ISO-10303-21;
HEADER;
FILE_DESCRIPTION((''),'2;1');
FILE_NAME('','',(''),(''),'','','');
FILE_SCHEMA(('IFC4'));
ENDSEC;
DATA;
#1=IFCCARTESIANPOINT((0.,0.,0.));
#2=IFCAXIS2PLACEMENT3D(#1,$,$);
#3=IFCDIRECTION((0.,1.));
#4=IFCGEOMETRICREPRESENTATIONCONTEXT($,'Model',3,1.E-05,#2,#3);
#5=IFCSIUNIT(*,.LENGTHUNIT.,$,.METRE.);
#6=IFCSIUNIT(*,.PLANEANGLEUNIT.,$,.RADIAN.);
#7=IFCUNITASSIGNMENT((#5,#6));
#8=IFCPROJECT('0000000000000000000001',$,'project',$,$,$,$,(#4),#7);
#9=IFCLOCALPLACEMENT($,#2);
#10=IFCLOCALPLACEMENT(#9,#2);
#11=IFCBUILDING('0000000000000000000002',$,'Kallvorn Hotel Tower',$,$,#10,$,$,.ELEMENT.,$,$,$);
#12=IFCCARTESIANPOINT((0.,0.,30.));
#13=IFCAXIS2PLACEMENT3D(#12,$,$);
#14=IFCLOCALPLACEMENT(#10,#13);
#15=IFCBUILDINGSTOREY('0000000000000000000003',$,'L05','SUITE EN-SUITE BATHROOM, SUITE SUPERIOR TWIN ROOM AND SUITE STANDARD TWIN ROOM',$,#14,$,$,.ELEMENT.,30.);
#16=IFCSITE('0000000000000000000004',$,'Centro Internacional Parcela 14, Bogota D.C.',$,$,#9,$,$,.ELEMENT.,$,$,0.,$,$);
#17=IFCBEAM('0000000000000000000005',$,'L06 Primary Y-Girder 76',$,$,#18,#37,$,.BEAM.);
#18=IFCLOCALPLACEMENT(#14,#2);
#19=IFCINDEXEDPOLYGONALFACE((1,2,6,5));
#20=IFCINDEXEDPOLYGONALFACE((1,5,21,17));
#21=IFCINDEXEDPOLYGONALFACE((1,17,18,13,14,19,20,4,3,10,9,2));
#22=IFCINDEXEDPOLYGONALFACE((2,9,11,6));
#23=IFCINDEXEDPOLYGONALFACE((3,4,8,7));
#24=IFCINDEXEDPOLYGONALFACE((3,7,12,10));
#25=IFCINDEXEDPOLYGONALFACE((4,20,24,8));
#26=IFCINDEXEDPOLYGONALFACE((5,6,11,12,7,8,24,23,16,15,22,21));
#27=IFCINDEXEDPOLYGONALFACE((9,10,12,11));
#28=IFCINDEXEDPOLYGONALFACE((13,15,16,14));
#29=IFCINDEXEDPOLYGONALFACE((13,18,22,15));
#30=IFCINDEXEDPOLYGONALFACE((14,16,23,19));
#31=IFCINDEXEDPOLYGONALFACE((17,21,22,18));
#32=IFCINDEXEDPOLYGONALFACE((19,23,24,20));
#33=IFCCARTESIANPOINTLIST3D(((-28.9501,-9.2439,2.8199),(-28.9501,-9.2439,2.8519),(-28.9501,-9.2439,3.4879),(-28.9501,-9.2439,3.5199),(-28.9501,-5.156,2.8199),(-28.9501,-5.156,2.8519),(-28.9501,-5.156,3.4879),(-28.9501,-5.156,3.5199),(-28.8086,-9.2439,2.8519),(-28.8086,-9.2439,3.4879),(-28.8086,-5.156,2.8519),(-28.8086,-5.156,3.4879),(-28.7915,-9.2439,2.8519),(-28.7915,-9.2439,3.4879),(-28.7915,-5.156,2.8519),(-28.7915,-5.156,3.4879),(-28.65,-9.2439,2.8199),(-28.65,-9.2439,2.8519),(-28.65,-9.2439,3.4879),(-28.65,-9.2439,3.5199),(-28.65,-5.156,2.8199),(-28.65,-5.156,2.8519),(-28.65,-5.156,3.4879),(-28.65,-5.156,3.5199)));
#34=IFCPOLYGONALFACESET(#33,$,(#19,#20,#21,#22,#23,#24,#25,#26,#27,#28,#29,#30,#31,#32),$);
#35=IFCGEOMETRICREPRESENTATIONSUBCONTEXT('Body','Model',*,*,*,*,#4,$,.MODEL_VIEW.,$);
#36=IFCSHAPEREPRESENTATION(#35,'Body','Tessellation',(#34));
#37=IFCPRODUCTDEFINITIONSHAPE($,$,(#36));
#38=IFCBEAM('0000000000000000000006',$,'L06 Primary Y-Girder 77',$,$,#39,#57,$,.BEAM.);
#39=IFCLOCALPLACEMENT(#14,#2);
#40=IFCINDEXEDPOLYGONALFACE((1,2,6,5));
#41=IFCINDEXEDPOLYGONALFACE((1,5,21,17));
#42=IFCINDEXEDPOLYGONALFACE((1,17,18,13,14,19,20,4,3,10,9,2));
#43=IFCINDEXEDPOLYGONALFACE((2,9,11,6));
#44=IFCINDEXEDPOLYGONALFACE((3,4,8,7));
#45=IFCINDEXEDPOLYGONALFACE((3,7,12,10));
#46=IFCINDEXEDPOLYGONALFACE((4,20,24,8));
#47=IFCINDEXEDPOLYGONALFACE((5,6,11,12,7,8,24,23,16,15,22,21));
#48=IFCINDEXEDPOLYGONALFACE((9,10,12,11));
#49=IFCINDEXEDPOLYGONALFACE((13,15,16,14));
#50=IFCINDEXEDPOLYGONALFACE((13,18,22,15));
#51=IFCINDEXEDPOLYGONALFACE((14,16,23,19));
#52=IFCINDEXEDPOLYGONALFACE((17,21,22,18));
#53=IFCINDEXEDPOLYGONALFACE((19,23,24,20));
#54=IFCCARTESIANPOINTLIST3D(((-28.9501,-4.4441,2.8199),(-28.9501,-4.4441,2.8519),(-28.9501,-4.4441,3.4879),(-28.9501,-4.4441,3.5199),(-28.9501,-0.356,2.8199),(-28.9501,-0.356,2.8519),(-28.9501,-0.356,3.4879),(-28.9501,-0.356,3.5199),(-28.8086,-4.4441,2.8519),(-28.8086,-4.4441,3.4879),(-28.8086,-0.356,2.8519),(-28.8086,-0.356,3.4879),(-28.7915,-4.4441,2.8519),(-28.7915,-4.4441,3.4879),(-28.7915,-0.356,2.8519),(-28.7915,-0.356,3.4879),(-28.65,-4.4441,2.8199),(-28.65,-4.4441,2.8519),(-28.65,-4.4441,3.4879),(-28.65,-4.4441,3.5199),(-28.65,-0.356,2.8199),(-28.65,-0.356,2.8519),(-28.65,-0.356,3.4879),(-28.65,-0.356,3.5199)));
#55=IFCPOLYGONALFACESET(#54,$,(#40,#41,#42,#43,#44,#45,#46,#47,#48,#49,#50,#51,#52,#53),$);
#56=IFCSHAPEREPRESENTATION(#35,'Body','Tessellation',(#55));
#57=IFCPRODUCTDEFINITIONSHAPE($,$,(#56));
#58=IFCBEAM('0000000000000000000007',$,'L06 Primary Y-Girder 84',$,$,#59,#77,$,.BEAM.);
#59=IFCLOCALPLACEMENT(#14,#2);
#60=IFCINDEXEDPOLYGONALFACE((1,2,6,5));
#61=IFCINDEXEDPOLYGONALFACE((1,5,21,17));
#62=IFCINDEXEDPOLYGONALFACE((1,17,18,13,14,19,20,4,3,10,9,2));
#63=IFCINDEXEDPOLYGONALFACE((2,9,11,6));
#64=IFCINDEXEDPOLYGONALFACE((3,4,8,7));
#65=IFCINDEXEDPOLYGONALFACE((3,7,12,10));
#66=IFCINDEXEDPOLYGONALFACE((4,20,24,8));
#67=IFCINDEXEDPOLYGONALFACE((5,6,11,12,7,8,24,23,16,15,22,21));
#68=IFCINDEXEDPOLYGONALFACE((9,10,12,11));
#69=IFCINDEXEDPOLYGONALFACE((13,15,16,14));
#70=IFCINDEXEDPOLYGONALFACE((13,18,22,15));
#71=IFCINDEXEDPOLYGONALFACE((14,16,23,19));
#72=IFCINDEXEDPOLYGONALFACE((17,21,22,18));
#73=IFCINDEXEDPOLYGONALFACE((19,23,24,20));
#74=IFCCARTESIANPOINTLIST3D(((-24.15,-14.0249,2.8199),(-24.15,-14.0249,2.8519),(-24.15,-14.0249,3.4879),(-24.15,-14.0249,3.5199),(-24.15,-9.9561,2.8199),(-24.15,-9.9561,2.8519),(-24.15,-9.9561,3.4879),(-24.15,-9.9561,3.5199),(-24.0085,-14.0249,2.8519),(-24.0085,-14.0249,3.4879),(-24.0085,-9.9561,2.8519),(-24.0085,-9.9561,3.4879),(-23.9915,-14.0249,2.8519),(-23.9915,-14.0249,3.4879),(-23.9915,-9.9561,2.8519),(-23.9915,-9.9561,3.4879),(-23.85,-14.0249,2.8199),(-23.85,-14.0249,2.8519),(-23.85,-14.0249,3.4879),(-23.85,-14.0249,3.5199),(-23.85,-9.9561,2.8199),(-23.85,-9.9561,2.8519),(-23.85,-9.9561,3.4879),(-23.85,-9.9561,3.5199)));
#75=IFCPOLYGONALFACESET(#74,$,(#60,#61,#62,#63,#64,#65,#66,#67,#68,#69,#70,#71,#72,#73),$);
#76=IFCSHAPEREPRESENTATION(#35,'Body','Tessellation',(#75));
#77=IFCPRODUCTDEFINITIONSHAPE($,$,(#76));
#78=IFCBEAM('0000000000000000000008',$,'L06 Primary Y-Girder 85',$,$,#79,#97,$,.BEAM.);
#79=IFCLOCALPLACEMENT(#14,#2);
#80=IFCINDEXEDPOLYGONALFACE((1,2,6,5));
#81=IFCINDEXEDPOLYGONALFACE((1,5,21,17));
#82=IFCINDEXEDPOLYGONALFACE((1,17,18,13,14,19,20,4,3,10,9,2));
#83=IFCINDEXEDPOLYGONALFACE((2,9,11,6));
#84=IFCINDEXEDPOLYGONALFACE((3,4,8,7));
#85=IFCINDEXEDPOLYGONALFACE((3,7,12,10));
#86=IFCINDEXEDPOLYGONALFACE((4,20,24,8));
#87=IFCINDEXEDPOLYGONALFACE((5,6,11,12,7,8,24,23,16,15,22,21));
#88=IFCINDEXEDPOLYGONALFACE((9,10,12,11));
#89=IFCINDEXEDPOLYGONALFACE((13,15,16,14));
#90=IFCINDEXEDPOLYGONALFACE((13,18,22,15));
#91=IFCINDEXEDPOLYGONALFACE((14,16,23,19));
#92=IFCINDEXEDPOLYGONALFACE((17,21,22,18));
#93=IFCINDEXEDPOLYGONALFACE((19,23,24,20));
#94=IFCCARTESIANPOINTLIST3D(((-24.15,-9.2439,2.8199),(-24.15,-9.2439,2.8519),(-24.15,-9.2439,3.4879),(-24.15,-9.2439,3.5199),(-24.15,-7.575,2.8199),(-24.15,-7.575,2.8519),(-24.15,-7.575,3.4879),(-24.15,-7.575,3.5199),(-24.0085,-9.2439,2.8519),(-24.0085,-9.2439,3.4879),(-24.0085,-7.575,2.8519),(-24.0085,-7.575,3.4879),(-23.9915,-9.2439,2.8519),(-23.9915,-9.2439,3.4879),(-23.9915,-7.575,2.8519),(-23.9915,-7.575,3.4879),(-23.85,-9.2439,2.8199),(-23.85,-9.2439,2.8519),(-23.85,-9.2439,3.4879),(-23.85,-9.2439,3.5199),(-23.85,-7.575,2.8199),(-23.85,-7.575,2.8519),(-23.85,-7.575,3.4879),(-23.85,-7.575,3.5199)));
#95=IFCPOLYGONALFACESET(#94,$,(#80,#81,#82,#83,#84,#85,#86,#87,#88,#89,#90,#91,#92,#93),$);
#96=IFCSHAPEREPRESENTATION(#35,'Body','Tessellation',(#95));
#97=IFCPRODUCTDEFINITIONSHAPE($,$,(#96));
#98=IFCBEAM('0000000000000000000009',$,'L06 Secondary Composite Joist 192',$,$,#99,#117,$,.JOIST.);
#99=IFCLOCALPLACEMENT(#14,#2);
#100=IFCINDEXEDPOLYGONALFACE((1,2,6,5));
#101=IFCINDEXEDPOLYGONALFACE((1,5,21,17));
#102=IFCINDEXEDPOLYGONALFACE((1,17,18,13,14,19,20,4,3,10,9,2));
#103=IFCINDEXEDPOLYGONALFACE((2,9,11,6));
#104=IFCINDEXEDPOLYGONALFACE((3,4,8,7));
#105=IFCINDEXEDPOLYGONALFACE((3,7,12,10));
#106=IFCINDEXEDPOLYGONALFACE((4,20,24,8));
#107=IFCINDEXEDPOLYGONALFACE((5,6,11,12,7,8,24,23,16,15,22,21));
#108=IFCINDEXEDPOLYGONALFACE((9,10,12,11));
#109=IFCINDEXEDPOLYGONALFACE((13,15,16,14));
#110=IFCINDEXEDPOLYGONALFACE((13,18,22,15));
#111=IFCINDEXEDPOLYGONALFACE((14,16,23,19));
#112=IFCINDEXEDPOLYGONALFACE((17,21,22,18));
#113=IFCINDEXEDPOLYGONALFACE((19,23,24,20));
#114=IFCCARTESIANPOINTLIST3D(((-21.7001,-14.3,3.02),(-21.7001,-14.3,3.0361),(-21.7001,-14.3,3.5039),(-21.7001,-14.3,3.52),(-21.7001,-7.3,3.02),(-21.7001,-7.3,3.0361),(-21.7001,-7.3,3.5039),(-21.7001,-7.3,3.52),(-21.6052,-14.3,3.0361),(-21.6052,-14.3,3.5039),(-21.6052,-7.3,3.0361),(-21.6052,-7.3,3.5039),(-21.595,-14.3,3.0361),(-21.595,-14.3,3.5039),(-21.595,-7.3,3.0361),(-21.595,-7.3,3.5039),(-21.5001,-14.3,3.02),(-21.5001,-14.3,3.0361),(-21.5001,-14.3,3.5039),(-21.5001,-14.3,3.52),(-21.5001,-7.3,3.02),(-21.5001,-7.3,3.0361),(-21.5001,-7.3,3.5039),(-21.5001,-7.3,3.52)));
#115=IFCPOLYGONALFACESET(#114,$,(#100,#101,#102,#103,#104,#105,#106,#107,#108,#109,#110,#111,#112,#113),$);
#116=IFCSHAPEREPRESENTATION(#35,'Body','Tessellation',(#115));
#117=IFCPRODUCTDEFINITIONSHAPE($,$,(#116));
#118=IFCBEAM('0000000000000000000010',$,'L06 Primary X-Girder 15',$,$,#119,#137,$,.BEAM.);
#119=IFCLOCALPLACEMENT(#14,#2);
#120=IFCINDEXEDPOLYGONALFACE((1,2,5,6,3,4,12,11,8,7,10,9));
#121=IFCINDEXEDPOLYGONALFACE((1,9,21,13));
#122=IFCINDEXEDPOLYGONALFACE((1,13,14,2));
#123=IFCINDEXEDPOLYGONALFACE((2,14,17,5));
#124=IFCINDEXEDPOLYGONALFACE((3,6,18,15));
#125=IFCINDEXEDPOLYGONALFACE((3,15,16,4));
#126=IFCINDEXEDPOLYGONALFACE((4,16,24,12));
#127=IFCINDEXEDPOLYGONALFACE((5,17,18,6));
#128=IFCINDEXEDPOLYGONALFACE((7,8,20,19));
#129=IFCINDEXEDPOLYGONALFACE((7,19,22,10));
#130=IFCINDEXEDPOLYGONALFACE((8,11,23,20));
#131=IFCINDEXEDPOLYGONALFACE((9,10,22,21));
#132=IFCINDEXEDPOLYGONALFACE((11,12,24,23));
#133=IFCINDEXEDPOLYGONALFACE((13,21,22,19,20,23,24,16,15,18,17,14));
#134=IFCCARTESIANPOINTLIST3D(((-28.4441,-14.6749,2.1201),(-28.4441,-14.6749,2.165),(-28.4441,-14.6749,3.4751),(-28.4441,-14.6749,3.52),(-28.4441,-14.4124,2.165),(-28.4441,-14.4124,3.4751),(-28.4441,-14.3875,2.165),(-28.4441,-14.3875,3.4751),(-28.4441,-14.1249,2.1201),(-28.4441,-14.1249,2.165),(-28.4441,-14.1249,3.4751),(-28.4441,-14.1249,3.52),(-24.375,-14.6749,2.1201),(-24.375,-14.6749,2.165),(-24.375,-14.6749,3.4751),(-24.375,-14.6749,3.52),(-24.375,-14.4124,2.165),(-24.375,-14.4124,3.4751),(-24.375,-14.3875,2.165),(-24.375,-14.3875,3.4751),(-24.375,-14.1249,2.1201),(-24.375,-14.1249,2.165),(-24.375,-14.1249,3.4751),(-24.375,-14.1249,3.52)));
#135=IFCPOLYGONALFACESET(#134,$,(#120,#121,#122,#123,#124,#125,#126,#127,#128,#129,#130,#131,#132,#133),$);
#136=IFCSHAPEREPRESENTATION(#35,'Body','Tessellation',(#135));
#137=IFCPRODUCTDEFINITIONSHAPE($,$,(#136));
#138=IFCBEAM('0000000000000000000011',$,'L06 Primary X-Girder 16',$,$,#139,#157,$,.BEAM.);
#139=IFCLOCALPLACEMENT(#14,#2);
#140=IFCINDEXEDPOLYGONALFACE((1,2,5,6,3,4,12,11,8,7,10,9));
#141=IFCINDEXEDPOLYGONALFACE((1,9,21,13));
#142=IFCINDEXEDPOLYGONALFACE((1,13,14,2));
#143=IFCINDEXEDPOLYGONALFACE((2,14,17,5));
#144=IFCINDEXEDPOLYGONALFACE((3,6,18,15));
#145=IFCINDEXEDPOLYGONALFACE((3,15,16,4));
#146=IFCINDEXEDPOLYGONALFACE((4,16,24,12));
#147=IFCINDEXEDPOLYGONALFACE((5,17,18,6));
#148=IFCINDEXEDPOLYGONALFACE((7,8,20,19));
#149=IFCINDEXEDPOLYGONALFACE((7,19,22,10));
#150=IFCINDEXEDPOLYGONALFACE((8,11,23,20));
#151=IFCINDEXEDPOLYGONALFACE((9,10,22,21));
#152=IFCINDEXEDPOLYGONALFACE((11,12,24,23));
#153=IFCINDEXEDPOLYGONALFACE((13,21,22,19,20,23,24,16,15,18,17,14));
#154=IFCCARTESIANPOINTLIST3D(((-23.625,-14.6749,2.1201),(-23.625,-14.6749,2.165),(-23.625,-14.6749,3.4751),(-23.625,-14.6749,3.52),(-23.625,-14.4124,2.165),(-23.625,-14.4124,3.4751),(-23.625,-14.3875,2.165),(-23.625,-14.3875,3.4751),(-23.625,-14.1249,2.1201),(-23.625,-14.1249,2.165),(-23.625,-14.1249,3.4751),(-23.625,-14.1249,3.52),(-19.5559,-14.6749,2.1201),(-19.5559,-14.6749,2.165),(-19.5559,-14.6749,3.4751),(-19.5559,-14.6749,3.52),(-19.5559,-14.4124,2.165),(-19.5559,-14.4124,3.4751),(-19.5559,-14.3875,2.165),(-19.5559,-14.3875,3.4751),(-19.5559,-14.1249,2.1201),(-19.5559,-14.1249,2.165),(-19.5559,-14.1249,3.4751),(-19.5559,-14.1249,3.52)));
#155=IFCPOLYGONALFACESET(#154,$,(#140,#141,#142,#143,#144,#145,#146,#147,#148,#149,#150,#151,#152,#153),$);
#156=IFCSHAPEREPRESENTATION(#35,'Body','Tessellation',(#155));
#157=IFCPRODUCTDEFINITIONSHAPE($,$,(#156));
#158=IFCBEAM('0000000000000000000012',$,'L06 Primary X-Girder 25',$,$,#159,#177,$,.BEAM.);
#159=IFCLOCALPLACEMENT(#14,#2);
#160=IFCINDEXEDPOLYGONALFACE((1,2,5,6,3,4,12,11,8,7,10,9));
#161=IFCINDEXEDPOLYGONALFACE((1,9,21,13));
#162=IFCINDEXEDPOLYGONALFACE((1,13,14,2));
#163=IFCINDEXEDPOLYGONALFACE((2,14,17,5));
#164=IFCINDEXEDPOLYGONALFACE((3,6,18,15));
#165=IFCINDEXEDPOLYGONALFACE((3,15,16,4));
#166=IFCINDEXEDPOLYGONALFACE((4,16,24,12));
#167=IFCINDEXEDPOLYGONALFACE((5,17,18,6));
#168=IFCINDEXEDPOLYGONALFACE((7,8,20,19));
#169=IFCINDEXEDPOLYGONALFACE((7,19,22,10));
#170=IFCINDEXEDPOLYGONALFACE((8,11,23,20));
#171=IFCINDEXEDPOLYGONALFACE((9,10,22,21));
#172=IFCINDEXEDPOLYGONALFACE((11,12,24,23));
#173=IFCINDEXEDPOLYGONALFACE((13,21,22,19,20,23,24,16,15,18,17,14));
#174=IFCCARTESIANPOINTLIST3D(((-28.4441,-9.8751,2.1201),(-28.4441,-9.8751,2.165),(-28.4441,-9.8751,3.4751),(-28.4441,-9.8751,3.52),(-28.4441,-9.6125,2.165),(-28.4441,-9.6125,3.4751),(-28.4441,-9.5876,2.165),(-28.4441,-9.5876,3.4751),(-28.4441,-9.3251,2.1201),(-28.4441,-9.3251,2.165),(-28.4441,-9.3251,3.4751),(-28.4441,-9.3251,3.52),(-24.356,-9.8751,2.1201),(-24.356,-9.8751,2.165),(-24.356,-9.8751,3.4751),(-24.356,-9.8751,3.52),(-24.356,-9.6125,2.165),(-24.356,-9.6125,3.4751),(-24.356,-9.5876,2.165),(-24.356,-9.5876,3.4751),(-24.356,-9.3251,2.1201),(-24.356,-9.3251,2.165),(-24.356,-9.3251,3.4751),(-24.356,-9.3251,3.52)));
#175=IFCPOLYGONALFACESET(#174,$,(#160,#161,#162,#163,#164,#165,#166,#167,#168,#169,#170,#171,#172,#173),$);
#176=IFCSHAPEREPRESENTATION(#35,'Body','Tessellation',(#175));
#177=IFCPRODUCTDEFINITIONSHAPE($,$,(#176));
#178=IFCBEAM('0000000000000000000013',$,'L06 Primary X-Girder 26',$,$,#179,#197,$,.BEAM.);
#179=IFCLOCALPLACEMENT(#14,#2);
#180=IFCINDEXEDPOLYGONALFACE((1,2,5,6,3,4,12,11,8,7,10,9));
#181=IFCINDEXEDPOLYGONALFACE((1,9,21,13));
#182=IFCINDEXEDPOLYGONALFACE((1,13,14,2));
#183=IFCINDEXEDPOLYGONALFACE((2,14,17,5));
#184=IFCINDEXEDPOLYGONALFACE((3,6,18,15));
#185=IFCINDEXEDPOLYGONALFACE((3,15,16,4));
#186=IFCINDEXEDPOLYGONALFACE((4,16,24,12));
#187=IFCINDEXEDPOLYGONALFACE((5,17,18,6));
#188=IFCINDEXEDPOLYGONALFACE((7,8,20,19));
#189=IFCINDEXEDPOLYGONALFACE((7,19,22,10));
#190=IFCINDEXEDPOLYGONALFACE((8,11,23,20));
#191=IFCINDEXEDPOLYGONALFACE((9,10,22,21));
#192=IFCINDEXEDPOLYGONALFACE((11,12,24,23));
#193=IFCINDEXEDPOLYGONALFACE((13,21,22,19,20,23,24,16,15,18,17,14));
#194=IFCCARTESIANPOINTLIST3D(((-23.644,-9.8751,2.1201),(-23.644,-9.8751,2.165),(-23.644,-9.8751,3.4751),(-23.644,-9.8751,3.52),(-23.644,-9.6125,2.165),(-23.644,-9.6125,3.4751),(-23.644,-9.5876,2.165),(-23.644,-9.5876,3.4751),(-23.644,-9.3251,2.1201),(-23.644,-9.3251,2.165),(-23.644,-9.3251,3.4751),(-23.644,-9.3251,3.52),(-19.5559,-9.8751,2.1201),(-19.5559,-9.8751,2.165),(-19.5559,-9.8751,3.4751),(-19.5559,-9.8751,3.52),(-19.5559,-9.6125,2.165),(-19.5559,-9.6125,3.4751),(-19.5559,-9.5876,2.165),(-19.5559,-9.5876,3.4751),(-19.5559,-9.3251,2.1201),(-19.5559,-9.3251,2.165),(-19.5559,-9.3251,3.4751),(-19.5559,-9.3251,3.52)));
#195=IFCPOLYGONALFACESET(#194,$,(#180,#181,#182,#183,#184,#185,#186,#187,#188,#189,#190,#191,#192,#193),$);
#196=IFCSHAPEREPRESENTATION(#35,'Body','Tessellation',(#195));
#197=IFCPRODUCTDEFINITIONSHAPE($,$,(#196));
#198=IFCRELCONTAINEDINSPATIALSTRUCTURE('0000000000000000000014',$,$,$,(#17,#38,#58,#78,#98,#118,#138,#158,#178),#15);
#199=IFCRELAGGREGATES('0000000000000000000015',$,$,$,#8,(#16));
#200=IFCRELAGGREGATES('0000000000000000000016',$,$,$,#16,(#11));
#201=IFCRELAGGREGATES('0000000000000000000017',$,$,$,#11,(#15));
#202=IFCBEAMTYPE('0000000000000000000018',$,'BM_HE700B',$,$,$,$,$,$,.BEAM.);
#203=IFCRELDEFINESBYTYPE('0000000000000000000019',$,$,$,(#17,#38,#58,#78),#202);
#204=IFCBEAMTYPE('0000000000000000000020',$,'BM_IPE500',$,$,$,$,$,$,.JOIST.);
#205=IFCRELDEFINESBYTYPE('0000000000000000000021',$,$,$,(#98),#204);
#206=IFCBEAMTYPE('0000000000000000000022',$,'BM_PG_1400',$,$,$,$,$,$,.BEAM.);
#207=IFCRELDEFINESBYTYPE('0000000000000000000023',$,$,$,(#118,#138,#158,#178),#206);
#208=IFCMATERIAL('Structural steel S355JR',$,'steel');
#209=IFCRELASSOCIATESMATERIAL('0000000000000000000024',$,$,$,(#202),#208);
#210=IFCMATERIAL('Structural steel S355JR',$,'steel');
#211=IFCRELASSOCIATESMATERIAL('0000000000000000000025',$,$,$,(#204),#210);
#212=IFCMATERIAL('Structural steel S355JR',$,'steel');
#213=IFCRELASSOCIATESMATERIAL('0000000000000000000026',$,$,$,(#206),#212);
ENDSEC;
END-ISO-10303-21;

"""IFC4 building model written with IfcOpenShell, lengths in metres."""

from ifc_helpers import new_model, si_unit, direction, frame, origin, origin_2d, place, context, subcontext, project, spatial, i_section, extrude, material, material_profile, profile_set, type_object, element, save


model = new_model("IFC4")

# Units and contexts
model_context = context("Model", 3, precision=1e-05, world=origin(), true_north=direction((0.0, 1.0)))
body_context = subcontext(model_context, "Body", "Model", "MODEL_VIEW")
ifc_project = project(units=[si_unit("LENGTHUNIT", "METRE"), si_unit("PLANEANGLEUNIT", "RADIAN")], contexts=[model_context])

# Site, building, storey
site_placement = place(None, origin())
site = spatial("IfcSite", under=ifc_project, at=site_placement, Name="Centro Internacional Parcela 14, Bogota D.C.", CompositionType="ELEMENT", RefElevation=0.0)
building_placement = place(site_placement, origin())
building = spatial("IfcBuilding", under=site, at=building_placement, Name="Kallvorn Hotel Tower", CompositionType="ELEMENT")
storey_placement = place(building_placement, frame((0.0, 0.0, 30.0)))
storey = spatial("IfcBuildingStorey", under=building, at=storey_placement, Name="L05", Description="SUITE EN-SUITE BATHROOM, SUITE SUPERIOR TWIN ROOM AND SUITE STANDARD TWIN ROOM", CompositionType="ELEMENT", Elevation=30.0)

# Beams
ifc_material_1 = material(Name="Structural steel S355JR", Category="steel")
ifc_material_profile_1 = material_profile(ifc_material_1, i_section(OverallWidth=0.3, OverallDepth=0.7, WebThickness=0.0171, FlangeThickness=0.032, at=origin_2d()), Name="HE 700 B")
ifc_profile_set_1 = profile_set([ifc_material_profile_1], Name="Structural steel S355JR")
beam_type_1 = type_object("IfcBeamType", Name="BM_HE700B", PredefinedType="BEAM", material=ifc_profile_set_1)
beam_1_placement = place(storey_placement, frame((-28.8, -9.2439, 3.1699), z_axis=(0.0, 1.0, 0.0), x_axis=(-1.0, 0.0, 0.0)))
element("IfcBeam", 1, at=beam_1_placement, inside=storey, type_object=beam_type_1, Name="L06 Primary Y-Girder 76", PredefinedType="BEAM", context=body_context, shape_type="SweptSolid", body=[
    extrude(i_section(OverallWidth=0.3, OverallDepth=0.7, WebThickness=0.0171, FlangeThickness=0.032, at=origin_2d()), origin(), (0.0, 0.0, 1.0), 4.0879),
])
beam_2_placement = place(storey_placement, frame((-28.8, -4.4441, 3.1699), z_axis=(0.0, 1.0, 0.0), x_axis=(-1.0, 0.0, 0.0)))
element("IfcBeam", 2, at=beam_2_placement, inside=storey, type_object=beam_type_1, Name="L06 Primary Y-Girder 77", PredefinedType="BEAM", context=body_context, shape_type="SweptSolid", body=[
    extrude(i_section(OverallWidth=0.3, OverallDepth=0.7, WebThickness=0.0171, FlangeThickness=0.032, at=origin_2d()), origin(), (0.0, 0.0, 1.0), 4.0881),
])
beam_3_placement = place(storey_placement, frame((-24.0, -14.0249, 3.1699), z_axis=(0.0, 1.0, 0.0), x_axis=(-1.0, 0.0, 0.0)))
element("IfcBeam", 3, at=beam_3_placement, inside=storey, type_object=beam_type_1, Name="L06 Primary Y-Girder 84", PredefinedType="BEAM", context=body_context, shape_type="SweptSolid", body=[
    extrude(i_section(OverallWidth=0.3, OverallDepth=0.7, WebThickness=0.0171, FlangeThickness=0.032, at=origin_2d()), origin(), (0.0, 0.0, 1.0), 4.0688),
])
beam_4_placement = place(storey_placement, frame((-24.0, -9.2439, 3.1699), z_axis=(0.0, 1.0, 0.0), x_axis=(-1.0, 0.0, 0.0)))
element("IfcBeam", 4, at=beam_4_placement, inside=storey, type_object=beam_type_1, Name="L06 Primary Y-Girder 85", PredefinedType="BEAM", context=body_context, shape_type="SweptSolid", body=[
    extrude(i_section(OverallWidth=0.3, OverallDepth=0.7, WebThickness=0.0171, FlangeThickness=0.032, at=origin_2d()), origin(), (0.0, 0.0, 1.0), 1.6689),
])
ifc_material_2 = material(Name="Structural steel S355JR", Category="steel")
ifc_material_profile_2 = material_profile(ifc_material_2, i_section(OverallWidth=0.2, OverallDepth=0.5, WebThickness=0.0103, FlangeThickness=0.0161, at=origin_2d()), Name="IPE 500")
ifc_profile_set_2 = profile_set([ifc_material_profile_2], Name="Structural steel S355JR")
beam_type_2 = type_object("IfcBeamType", Name="BM_IPE500", PredefinedType="JOIST", material=ifc_profile_set_2)
beam_5_placement = place(storey_placement, frame((-21.6001, -14.3, 3.27), z_axis=(0.0, 1.0, 0.0), x_axis=(-1.0, 0.0, 0.0)))
element("IfcBeam", 5, at=beam_5_placement, inside=storey, type_object=beam_type_2, Name="L06 Secondary Composite Joist 192", PredefinedType="JOIST", context=body_context, shape_type="SweptSolid", body=[
    extrude(i_section(OverallWidth=0.2, OverallDepth=0.5, WebThickness=0.0103, FlangeThickness=0.0161, at=origin_2d()), origin(), (0.0, 0.0, 1.0), 7.0),
])
ifc_material_3 = material(Name="Structural steel S355JR", Category="steel")
ifc_material_profile_3 = material_profile(ifc_material_3, i_section(OverallWidth=0.55, OverallDepth=1.3999, WebThickness=0.0249, FlangeThickness=0.0449, at=origin_2d()), Name="PG 1400x550x25x45")
ifc_profile_set_3 = profile_set([ifc_material_profile_3], Name="Structural steel S355JR")
beam_type_3 = type_object("IfcBeamType", Name="BM_PG_1400", PredefinedType="BEAM", material=ifc_profile_set_3)
for number, where, z_axis, x_axis, name in (
    (6, (-28.4441, -14.3999, 2.8201), (1.0, 0.0, 0.0), (0.0, 1.0, 0.0), "L06 Primary X-Girder 15"),
    (7, (-23.625, -14.3999, 2.8201), (1.0, 0.0, 0.0), (0.0, 1.0, 0.0), "L06 Primary X-Girder 16"),
):
    element("IfcBeam", number, at=place(storey_placement, frame(where, z_axis=z_axis, x_axis=x_axis)), inside=storey, type_object=beam_type_3, Name=name, PredefinedType="BEAM", context=body_context, shape_type="SweptSolid", body=[
        extrude(i_section(OverallWidth=0.55, OverallDepth=1.3999, WebThickness=0.0249, FlangeThickness=0.0449, at=origin_2d()), origin(), (0.0, 0.0, 1.0), 4.0691),
    ])
for number, where, z_axis, x_axis, name in (
    (8, (-28.4441, -9.6001, 2.8201), (1.0, 0.0, 0.0), (0.0, 1.0, 0.0), "L06 Primary X-Girder 25"),
    (9, (-23.644, -9.6001, 2.8201), (1.0, 0.0, 0.0), (0.0, 1.0, 0.0), "L06 Primary X-Girder 26"),
):
    element("IfcBeam", number, at=place(storey_placement, frame(where, z_axis=z_axis, x_axis=x_axis)), inside=storey, type_object=beam_type_3, Name=name, PredefinedType="BEAM", context=body_context, shape_type="SweptSolid", body=[
        extrude(i_section(OverallWidth=0.55, OverallDepth=1.3999, WebThickness=0.0249, FlangeThickness=0.0449, at=origin_2d()), origin(), (0.0, 0.0, 1.0), 4.0881),
    ])

save(model, "model.ifc")
